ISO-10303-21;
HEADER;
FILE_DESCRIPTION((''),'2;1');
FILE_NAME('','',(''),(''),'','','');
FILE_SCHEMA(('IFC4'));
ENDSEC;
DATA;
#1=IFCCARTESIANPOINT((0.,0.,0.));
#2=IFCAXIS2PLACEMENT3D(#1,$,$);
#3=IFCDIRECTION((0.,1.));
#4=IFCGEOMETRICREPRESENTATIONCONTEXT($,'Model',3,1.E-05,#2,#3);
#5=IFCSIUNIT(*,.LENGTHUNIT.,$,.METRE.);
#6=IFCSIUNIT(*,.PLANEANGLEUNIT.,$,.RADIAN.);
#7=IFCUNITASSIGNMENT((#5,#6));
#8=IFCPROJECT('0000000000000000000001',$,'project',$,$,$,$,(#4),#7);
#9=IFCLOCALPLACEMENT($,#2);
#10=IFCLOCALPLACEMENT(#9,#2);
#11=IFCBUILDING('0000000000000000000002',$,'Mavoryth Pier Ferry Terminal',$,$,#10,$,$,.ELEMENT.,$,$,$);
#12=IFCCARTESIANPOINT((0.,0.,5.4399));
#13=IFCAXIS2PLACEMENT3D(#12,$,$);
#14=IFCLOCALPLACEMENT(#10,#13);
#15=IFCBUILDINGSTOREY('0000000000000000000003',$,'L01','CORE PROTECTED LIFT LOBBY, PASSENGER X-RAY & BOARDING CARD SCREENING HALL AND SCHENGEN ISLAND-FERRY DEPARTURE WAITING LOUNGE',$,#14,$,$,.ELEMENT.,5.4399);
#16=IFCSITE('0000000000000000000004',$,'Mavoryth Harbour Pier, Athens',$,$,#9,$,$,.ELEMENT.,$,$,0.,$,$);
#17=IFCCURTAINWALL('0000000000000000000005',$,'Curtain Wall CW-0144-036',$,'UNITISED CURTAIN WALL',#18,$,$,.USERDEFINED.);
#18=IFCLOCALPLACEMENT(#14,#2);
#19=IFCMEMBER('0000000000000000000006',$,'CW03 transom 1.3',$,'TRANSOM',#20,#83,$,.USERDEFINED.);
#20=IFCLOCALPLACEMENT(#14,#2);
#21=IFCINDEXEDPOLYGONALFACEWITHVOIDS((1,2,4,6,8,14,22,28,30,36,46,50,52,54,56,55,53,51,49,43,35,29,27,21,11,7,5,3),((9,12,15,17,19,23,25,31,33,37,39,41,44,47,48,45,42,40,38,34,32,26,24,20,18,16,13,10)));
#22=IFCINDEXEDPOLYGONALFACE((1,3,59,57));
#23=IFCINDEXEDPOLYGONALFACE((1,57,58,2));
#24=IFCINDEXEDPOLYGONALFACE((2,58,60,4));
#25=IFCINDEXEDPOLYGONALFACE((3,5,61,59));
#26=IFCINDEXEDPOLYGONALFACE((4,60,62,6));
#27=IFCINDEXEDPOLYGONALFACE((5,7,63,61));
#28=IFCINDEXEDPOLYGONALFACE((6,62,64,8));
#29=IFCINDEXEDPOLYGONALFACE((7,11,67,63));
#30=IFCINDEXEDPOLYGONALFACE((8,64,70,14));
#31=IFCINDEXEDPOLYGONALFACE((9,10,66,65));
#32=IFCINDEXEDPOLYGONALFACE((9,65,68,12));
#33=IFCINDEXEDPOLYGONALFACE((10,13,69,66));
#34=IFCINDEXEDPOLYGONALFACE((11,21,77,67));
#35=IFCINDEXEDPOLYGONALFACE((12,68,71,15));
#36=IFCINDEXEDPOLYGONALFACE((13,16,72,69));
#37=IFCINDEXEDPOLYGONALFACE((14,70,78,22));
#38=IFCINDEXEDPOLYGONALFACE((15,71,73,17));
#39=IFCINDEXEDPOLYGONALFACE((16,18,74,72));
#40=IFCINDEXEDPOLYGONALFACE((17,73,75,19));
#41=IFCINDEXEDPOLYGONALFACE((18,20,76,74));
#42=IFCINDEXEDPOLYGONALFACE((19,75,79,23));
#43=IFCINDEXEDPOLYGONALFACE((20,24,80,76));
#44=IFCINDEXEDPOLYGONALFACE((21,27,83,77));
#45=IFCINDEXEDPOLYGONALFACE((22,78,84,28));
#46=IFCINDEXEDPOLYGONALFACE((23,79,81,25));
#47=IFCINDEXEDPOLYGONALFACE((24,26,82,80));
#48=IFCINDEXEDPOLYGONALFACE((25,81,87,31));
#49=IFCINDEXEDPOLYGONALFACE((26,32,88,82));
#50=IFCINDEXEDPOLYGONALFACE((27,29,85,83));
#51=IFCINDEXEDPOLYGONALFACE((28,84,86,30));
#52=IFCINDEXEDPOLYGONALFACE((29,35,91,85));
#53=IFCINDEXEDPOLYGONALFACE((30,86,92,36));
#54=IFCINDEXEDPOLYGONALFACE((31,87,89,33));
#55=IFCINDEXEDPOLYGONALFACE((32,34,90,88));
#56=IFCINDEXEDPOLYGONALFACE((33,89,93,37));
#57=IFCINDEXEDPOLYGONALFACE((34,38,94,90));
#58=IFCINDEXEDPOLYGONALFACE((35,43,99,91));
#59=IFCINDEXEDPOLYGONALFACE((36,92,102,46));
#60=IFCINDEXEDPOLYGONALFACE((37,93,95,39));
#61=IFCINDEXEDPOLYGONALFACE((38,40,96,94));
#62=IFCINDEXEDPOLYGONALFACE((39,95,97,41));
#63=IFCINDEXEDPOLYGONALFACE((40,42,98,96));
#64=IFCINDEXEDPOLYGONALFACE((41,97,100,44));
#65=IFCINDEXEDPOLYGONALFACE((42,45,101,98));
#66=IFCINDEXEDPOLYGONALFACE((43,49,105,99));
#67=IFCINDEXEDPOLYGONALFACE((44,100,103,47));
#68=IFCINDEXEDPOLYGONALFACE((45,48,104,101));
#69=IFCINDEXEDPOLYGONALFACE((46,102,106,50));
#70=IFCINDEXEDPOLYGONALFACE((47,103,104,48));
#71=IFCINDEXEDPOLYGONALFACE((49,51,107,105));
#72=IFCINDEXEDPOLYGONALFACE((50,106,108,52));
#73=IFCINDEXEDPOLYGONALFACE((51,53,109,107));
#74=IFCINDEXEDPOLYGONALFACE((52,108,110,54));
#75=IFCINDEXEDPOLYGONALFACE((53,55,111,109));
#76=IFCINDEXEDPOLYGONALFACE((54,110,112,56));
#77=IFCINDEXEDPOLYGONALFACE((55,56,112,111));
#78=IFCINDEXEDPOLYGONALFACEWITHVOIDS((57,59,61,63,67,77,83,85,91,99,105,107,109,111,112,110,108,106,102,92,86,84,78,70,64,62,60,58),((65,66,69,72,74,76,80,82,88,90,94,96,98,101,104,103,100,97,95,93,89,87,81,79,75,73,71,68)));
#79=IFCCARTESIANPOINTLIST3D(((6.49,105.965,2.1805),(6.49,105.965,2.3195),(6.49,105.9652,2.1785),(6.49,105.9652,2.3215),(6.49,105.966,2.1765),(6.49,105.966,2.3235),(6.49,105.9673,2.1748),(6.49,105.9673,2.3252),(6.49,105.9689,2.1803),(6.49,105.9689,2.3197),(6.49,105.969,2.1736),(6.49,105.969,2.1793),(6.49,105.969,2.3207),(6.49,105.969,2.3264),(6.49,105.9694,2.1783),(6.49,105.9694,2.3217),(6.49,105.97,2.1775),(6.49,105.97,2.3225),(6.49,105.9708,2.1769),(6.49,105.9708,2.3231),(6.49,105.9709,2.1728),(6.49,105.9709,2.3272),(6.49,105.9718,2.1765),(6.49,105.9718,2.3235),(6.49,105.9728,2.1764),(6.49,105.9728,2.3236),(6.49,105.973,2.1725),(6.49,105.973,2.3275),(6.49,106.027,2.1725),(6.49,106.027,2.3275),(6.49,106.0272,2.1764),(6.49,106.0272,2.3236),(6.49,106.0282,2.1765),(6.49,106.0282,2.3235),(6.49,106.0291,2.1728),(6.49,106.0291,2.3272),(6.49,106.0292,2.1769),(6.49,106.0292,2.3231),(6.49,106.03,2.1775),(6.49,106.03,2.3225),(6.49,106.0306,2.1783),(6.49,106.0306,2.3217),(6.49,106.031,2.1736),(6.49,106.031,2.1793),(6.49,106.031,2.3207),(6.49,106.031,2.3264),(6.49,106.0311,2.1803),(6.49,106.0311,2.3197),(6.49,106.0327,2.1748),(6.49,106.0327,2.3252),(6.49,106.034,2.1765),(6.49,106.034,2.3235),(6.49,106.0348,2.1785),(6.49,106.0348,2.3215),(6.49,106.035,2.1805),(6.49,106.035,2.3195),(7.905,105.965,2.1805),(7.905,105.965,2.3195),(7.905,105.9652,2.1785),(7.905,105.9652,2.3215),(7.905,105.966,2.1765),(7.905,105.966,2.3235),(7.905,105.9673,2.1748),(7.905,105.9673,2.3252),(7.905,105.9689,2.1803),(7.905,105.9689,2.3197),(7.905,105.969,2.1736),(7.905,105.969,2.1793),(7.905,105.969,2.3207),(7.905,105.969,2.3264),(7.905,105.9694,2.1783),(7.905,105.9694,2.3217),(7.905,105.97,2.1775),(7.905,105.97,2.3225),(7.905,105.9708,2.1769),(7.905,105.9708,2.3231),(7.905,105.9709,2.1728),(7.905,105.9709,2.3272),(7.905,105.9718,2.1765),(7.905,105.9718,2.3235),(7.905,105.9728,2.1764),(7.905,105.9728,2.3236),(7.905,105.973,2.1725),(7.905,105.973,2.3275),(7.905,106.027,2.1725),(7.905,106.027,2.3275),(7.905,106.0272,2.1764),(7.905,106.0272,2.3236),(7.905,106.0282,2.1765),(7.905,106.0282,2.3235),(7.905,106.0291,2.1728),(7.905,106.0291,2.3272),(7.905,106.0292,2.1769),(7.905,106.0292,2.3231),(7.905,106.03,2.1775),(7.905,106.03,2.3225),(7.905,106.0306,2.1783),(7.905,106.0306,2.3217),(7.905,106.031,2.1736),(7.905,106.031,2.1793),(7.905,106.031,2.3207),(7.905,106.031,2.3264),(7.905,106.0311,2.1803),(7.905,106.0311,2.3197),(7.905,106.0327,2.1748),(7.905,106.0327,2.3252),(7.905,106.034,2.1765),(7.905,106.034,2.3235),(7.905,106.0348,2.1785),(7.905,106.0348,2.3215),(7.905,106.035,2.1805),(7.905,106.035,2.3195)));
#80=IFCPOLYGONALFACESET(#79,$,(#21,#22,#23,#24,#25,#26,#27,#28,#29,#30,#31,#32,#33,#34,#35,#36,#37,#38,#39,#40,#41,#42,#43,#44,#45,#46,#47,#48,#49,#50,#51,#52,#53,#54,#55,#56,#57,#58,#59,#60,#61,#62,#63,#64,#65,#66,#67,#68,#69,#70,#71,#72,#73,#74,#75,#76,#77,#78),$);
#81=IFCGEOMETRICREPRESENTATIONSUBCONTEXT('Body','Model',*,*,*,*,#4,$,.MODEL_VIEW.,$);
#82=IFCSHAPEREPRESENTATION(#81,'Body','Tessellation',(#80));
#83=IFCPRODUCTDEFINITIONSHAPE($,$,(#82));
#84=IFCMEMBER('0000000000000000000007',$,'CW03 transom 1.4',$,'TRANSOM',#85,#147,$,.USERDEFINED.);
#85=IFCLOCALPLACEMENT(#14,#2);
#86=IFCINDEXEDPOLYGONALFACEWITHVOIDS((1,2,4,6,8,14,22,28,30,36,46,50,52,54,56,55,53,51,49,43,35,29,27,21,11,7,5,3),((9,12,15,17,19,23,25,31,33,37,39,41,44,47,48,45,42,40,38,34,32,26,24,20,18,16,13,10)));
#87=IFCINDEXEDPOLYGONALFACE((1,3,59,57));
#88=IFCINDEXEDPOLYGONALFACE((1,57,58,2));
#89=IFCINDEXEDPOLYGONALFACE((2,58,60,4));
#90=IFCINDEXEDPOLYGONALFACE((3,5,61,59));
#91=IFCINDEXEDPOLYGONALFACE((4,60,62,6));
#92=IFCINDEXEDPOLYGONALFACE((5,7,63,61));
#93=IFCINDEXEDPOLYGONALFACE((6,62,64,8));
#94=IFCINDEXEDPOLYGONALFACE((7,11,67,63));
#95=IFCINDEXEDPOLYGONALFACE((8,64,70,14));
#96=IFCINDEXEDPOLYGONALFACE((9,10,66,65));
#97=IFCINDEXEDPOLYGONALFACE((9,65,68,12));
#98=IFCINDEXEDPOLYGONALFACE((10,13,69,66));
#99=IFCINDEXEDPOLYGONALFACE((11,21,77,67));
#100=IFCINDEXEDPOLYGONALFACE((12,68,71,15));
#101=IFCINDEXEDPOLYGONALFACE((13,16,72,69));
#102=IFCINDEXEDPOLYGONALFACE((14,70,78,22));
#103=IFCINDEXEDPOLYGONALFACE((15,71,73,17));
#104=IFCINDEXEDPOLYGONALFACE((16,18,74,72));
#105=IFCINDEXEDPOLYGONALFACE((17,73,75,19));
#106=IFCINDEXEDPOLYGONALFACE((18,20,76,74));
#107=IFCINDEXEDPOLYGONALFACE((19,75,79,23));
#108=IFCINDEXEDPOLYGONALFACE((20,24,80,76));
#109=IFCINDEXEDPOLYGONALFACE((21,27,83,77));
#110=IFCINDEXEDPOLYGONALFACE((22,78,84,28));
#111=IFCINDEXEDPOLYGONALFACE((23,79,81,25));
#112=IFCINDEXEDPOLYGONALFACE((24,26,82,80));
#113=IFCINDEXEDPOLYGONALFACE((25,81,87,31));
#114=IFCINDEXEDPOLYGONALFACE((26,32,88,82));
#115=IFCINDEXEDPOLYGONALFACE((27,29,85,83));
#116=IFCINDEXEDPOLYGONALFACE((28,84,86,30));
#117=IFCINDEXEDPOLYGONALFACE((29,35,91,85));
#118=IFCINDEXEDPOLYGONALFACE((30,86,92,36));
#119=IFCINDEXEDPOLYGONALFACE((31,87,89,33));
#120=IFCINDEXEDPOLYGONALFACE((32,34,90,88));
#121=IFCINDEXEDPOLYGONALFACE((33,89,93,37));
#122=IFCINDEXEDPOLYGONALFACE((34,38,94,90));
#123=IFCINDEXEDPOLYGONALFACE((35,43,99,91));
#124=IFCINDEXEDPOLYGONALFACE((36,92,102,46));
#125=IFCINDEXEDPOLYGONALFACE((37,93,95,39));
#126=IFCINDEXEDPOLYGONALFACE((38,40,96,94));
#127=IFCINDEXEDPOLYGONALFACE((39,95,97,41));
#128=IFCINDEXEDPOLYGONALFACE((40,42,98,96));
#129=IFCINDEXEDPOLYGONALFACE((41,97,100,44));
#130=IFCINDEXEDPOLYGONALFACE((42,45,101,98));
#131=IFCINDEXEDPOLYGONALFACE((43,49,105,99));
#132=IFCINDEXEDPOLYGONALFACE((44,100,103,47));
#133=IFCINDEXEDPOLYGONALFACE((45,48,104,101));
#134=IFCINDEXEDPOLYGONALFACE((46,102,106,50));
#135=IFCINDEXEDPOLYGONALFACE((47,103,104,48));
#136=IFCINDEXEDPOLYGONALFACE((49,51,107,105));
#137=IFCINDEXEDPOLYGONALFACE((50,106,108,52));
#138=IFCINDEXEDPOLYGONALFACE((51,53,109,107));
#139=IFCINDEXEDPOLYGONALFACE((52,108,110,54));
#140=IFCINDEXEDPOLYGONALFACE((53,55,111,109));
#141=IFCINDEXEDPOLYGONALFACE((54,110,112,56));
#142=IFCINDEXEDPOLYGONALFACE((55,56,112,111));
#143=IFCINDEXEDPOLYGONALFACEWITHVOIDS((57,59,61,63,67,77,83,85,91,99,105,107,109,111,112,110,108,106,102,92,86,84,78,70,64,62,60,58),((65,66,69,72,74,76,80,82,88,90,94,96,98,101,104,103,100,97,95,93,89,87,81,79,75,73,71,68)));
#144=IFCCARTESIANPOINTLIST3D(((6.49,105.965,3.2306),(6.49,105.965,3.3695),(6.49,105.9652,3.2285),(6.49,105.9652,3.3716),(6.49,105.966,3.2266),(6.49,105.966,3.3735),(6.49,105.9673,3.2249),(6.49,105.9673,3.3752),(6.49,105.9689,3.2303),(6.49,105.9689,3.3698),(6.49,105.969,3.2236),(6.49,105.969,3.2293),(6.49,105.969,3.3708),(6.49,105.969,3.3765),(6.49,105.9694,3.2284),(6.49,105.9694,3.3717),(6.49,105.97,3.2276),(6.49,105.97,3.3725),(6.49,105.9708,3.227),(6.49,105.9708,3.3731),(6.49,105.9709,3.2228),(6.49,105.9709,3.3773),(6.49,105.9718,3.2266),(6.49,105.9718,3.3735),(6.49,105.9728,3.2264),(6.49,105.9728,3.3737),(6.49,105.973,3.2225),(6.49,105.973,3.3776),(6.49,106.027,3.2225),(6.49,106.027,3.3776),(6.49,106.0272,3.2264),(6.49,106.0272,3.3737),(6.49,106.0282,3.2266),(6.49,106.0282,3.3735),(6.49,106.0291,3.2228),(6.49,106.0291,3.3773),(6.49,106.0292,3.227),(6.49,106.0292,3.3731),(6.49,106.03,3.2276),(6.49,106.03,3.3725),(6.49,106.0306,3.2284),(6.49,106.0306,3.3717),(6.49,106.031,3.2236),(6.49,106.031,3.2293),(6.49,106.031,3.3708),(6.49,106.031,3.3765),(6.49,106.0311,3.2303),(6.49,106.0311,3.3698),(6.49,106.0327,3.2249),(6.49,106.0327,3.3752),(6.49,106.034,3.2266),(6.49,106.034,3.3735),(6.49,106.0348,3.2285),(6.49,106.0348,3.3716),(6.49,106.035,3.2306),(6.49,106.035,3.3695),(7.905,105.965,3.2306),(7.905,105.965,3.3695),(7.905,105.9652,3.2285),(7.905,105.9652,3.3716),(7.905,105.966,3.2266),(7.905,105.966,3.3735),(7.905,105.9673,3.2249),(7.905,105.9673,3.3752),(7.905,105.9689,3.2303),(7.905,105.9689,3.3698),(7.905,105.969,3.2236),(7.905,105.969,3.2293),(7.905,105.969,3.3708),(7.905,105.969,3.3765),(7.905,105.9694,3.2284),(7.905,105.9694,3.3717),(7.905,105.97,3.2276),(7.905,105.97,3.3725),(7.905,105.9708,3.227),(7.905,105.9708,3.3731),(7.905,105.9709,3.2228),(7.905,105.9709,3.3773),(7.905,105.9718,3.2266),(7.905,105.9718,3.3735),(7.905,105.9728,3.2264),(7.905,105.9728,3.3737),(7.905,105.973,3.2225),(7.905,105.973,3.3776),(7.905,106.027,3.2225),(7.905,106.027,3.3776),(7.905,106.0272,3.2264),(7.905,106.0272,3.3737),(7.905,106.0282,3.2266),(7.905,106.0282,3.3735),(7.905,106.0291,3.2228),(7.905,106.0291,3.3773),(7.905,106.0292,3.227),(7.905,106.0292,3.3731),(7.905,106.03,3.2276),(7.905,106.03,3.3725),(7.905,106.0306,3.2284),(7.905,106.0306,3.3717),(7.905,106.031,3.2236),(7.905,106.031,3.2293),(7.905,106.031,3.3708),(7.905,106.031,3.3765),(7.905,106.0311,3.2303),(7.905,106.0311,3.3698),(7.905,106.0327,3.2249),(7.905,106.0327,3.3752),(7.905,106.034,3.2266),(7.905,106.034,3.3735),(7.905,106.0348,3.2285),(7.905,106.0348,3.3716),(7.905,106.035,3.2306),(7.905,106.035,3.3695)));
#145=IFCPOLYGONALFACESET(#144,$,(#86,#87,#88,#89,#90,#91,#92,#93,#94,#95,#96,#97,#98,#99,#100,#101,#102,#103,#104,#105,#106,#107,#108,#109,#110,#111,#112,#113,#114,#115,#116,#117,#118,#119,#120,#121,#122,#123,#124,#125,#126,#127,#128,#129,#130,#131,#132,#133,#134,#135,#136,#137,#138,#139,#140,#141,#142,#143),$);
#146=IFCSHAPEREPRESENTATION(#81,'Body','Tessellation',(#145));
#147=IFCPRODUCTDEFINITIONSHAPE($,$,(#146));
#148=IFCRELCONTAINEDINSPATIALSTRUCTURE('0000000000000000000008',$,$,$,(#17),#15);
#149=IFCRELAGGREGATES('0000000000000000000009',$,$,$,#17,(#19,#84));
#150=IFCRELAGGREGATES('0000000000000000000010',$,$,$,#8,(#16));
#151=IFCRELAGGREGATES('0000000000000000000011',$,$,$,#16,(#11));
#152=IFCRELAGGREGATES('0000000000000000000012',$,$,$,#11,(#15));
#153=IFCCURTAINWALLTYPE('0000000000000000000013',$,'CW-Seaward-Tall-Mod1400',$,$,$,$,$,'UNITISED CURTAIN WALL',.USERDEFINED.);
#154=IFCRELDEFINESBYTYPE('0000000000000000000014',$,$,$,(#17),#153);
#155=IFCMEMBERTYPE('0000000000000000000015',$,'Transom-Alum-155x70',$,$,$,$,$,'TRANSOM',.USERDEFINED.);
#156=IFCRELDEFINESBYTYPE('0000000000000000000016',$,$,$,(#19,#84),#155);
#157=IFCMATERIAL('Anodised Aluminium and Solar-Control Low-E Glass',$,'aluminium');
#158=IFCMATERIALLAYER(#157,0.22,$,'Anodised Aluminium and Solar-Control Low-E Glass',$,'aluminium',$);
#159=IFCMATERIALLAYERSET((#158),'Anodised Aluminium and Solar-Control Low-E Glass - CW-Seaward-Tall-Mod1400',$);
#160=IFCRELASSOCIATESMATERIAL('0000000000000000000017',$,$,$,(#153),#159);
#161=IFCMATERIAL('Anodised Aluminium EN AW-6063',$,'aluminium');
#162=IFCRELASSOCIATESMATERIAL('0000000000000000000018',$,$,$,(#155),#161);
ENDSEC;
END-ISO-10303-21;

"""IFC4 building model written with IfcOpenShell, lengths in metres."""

from ifc_helpers import new_model, si_unit, direction, frame, origin, origin_2d, place, context, subcontext, project, spatial, hollow_rectangle, extrude, material, layer, layer_set, material_profile, profile_set, type_object, element, aggregate, save


model = new_model("IFC4")

# Units and contexts
model_context = context("Model", 3, precision=1e-05, world=origin(), true_north=direction((0.0, 1.0)))
body_context = subcontext(model_context, "Body", "Model", "MODEL_VIEW")
ifc_project = project(units=[si_unit("LENGTHUNIT", "METRE"), si_unit("PLANEANGLEUNIT", "RADIAN")], contexts=[model_context])

# Site, building, storey
site_placement = place(None, origin())
site = spatial("IfcSite", under=ifc_project, at=site_placement, Name="Mavoryth Harbour Pier, Athens", CompositionType="ELEMENT", RefElevation=0.0)
building_placement = place(site_placement, origin())
building = spatial("IfcBuilding", under=site, at=building_placement, Name="Mavoryth Pier Ferry Terminal", CompositionType="ELEMENT")
storey_placement = place(building_placement, frame((0.0, 0.0, 5.4399)))
storey = spatial("IfcBuildingStorey", under=building, at=storey_placement, Name="L01", Description="CORE PROTECTED LIFT LOBBY, PASSENGER X-RAY & BOARDING CARD SCREENING HALL AND SCHENGEN ISLAND-FERRY DEPARTURE WAITING LOUNGE", CompositionType="ELEMENT", Elevation=5.4399)

# Curtain wall
ifc_material_1 = material(Name="Anodised Aluminium and Solar-Control Low-E Glass", Category="aluminium")
ifc_layer_1 = layer(ifc_material_1, 0.22, Name="Anodised Aluminium and Solar-Control Low-E Glass", Category="aluminium")
ifc_layer_set_1 = layer_set([ifc_layer_1], Name="Anodised Aluminium and Solar-Control Low-E Glass - CW-Seaward-Tall-Mod1400")
curtain_wall_type = type_object("IfcCurtainWallType", Name="CW-Seaward-Tall-Mod1400", ElementType="UNITISED CURTAIN WALL", PredefinedType="USERDEFINED", material=ifc_layer_set_1)
curtain_wall_1_placement = place(storey_placement, origin())
curtain_wall_1 = element("IfcCurtainWall", 1, at=curtain_wall_1_placement, inside=storey, type_object=curtain_wall_type, Name="Curtain Wall CW-0144-036", ObjectType="UNITISED CURTAIN WALL", PredefinedType="USERDEFINED")
ifc_material_2 = material(Name="Anodised Aluminium EN AW-6063", Category="aluminium")

# Members
ifc_material_profile_1 = material_profile(ifc_material_2, hollow_rectangle(XDim=0.0701, YDim=0.155, WallThickness=0.0039, InnerFilletRadius=0.0039, OuterFilletRadius=0.0081, at=origin_2d()), Name="AL-TRAN 155x70x4", Category="aluminium")
ifc_profile_set_1 = profile_set([ifc_material_profile_1], Name="Anodised Aluminium EN AW-6063 - AL-TRAN 155x70x4")
member_type_1 = type_object("IfcMemberType", Name="Transom-Alum-155x70", ElementType="TRANSOM", PredefinedType="USERDEFINED", material=ifc_profile_set_1)
member_1_placement = place(storey_placement, frame((7.905, 106.0, 2.25), z_axis=(-1.0, 0.0, 0.0), x_axis=(0.0, -1.0, 0.0)))
member_1 = element("IfcMember", 2, at=member_1_placement, type_object=member_type_1, Name="CW03 transom 1.3", ObjectType="TRANSOM", PredefinedType="USERDEFINED", context=body_context, shape_type="SweptSolid", body=[
    extrude(hollow_rectangle(XDim=0.0701, YDim=0.155, WallThickness=0.0039, InnerFilletRadius=0.0039, OuterFilletRadius=0.0081, at=origin_2d()), origin(), (0.0, 0.0, 1.0), 1.415),
])
member_2_placement = place(storey_placement, frame((7.905, 106.0, 3.3), z_axis=(-1.0, 0.0, 0.0), x_axis=(0.0, -1.0, 0.0)))
member_2 = element("IfcMember", 3, at=member_2_placement, type_object=member_type_1, Name="CW03 transom 1.4", ObjectType="TRANSOM", PredefinedType="USERDEFINED", context=body_context, shape_type="SweptSolid", body=[
    extrude(hollow_rectangle(XDim=0.0701, YDim=0.155, WallThickness=0.0039, InnerFilletRadius=0.0039, OuterFilletRadius=0.0081, at=origin_2d()), origin(), (0.0, 0.0, 1.0), 1.415),
])

aggregate(curtain_wall_1, [member_1, member_2])

save(model, "model.ifc")
